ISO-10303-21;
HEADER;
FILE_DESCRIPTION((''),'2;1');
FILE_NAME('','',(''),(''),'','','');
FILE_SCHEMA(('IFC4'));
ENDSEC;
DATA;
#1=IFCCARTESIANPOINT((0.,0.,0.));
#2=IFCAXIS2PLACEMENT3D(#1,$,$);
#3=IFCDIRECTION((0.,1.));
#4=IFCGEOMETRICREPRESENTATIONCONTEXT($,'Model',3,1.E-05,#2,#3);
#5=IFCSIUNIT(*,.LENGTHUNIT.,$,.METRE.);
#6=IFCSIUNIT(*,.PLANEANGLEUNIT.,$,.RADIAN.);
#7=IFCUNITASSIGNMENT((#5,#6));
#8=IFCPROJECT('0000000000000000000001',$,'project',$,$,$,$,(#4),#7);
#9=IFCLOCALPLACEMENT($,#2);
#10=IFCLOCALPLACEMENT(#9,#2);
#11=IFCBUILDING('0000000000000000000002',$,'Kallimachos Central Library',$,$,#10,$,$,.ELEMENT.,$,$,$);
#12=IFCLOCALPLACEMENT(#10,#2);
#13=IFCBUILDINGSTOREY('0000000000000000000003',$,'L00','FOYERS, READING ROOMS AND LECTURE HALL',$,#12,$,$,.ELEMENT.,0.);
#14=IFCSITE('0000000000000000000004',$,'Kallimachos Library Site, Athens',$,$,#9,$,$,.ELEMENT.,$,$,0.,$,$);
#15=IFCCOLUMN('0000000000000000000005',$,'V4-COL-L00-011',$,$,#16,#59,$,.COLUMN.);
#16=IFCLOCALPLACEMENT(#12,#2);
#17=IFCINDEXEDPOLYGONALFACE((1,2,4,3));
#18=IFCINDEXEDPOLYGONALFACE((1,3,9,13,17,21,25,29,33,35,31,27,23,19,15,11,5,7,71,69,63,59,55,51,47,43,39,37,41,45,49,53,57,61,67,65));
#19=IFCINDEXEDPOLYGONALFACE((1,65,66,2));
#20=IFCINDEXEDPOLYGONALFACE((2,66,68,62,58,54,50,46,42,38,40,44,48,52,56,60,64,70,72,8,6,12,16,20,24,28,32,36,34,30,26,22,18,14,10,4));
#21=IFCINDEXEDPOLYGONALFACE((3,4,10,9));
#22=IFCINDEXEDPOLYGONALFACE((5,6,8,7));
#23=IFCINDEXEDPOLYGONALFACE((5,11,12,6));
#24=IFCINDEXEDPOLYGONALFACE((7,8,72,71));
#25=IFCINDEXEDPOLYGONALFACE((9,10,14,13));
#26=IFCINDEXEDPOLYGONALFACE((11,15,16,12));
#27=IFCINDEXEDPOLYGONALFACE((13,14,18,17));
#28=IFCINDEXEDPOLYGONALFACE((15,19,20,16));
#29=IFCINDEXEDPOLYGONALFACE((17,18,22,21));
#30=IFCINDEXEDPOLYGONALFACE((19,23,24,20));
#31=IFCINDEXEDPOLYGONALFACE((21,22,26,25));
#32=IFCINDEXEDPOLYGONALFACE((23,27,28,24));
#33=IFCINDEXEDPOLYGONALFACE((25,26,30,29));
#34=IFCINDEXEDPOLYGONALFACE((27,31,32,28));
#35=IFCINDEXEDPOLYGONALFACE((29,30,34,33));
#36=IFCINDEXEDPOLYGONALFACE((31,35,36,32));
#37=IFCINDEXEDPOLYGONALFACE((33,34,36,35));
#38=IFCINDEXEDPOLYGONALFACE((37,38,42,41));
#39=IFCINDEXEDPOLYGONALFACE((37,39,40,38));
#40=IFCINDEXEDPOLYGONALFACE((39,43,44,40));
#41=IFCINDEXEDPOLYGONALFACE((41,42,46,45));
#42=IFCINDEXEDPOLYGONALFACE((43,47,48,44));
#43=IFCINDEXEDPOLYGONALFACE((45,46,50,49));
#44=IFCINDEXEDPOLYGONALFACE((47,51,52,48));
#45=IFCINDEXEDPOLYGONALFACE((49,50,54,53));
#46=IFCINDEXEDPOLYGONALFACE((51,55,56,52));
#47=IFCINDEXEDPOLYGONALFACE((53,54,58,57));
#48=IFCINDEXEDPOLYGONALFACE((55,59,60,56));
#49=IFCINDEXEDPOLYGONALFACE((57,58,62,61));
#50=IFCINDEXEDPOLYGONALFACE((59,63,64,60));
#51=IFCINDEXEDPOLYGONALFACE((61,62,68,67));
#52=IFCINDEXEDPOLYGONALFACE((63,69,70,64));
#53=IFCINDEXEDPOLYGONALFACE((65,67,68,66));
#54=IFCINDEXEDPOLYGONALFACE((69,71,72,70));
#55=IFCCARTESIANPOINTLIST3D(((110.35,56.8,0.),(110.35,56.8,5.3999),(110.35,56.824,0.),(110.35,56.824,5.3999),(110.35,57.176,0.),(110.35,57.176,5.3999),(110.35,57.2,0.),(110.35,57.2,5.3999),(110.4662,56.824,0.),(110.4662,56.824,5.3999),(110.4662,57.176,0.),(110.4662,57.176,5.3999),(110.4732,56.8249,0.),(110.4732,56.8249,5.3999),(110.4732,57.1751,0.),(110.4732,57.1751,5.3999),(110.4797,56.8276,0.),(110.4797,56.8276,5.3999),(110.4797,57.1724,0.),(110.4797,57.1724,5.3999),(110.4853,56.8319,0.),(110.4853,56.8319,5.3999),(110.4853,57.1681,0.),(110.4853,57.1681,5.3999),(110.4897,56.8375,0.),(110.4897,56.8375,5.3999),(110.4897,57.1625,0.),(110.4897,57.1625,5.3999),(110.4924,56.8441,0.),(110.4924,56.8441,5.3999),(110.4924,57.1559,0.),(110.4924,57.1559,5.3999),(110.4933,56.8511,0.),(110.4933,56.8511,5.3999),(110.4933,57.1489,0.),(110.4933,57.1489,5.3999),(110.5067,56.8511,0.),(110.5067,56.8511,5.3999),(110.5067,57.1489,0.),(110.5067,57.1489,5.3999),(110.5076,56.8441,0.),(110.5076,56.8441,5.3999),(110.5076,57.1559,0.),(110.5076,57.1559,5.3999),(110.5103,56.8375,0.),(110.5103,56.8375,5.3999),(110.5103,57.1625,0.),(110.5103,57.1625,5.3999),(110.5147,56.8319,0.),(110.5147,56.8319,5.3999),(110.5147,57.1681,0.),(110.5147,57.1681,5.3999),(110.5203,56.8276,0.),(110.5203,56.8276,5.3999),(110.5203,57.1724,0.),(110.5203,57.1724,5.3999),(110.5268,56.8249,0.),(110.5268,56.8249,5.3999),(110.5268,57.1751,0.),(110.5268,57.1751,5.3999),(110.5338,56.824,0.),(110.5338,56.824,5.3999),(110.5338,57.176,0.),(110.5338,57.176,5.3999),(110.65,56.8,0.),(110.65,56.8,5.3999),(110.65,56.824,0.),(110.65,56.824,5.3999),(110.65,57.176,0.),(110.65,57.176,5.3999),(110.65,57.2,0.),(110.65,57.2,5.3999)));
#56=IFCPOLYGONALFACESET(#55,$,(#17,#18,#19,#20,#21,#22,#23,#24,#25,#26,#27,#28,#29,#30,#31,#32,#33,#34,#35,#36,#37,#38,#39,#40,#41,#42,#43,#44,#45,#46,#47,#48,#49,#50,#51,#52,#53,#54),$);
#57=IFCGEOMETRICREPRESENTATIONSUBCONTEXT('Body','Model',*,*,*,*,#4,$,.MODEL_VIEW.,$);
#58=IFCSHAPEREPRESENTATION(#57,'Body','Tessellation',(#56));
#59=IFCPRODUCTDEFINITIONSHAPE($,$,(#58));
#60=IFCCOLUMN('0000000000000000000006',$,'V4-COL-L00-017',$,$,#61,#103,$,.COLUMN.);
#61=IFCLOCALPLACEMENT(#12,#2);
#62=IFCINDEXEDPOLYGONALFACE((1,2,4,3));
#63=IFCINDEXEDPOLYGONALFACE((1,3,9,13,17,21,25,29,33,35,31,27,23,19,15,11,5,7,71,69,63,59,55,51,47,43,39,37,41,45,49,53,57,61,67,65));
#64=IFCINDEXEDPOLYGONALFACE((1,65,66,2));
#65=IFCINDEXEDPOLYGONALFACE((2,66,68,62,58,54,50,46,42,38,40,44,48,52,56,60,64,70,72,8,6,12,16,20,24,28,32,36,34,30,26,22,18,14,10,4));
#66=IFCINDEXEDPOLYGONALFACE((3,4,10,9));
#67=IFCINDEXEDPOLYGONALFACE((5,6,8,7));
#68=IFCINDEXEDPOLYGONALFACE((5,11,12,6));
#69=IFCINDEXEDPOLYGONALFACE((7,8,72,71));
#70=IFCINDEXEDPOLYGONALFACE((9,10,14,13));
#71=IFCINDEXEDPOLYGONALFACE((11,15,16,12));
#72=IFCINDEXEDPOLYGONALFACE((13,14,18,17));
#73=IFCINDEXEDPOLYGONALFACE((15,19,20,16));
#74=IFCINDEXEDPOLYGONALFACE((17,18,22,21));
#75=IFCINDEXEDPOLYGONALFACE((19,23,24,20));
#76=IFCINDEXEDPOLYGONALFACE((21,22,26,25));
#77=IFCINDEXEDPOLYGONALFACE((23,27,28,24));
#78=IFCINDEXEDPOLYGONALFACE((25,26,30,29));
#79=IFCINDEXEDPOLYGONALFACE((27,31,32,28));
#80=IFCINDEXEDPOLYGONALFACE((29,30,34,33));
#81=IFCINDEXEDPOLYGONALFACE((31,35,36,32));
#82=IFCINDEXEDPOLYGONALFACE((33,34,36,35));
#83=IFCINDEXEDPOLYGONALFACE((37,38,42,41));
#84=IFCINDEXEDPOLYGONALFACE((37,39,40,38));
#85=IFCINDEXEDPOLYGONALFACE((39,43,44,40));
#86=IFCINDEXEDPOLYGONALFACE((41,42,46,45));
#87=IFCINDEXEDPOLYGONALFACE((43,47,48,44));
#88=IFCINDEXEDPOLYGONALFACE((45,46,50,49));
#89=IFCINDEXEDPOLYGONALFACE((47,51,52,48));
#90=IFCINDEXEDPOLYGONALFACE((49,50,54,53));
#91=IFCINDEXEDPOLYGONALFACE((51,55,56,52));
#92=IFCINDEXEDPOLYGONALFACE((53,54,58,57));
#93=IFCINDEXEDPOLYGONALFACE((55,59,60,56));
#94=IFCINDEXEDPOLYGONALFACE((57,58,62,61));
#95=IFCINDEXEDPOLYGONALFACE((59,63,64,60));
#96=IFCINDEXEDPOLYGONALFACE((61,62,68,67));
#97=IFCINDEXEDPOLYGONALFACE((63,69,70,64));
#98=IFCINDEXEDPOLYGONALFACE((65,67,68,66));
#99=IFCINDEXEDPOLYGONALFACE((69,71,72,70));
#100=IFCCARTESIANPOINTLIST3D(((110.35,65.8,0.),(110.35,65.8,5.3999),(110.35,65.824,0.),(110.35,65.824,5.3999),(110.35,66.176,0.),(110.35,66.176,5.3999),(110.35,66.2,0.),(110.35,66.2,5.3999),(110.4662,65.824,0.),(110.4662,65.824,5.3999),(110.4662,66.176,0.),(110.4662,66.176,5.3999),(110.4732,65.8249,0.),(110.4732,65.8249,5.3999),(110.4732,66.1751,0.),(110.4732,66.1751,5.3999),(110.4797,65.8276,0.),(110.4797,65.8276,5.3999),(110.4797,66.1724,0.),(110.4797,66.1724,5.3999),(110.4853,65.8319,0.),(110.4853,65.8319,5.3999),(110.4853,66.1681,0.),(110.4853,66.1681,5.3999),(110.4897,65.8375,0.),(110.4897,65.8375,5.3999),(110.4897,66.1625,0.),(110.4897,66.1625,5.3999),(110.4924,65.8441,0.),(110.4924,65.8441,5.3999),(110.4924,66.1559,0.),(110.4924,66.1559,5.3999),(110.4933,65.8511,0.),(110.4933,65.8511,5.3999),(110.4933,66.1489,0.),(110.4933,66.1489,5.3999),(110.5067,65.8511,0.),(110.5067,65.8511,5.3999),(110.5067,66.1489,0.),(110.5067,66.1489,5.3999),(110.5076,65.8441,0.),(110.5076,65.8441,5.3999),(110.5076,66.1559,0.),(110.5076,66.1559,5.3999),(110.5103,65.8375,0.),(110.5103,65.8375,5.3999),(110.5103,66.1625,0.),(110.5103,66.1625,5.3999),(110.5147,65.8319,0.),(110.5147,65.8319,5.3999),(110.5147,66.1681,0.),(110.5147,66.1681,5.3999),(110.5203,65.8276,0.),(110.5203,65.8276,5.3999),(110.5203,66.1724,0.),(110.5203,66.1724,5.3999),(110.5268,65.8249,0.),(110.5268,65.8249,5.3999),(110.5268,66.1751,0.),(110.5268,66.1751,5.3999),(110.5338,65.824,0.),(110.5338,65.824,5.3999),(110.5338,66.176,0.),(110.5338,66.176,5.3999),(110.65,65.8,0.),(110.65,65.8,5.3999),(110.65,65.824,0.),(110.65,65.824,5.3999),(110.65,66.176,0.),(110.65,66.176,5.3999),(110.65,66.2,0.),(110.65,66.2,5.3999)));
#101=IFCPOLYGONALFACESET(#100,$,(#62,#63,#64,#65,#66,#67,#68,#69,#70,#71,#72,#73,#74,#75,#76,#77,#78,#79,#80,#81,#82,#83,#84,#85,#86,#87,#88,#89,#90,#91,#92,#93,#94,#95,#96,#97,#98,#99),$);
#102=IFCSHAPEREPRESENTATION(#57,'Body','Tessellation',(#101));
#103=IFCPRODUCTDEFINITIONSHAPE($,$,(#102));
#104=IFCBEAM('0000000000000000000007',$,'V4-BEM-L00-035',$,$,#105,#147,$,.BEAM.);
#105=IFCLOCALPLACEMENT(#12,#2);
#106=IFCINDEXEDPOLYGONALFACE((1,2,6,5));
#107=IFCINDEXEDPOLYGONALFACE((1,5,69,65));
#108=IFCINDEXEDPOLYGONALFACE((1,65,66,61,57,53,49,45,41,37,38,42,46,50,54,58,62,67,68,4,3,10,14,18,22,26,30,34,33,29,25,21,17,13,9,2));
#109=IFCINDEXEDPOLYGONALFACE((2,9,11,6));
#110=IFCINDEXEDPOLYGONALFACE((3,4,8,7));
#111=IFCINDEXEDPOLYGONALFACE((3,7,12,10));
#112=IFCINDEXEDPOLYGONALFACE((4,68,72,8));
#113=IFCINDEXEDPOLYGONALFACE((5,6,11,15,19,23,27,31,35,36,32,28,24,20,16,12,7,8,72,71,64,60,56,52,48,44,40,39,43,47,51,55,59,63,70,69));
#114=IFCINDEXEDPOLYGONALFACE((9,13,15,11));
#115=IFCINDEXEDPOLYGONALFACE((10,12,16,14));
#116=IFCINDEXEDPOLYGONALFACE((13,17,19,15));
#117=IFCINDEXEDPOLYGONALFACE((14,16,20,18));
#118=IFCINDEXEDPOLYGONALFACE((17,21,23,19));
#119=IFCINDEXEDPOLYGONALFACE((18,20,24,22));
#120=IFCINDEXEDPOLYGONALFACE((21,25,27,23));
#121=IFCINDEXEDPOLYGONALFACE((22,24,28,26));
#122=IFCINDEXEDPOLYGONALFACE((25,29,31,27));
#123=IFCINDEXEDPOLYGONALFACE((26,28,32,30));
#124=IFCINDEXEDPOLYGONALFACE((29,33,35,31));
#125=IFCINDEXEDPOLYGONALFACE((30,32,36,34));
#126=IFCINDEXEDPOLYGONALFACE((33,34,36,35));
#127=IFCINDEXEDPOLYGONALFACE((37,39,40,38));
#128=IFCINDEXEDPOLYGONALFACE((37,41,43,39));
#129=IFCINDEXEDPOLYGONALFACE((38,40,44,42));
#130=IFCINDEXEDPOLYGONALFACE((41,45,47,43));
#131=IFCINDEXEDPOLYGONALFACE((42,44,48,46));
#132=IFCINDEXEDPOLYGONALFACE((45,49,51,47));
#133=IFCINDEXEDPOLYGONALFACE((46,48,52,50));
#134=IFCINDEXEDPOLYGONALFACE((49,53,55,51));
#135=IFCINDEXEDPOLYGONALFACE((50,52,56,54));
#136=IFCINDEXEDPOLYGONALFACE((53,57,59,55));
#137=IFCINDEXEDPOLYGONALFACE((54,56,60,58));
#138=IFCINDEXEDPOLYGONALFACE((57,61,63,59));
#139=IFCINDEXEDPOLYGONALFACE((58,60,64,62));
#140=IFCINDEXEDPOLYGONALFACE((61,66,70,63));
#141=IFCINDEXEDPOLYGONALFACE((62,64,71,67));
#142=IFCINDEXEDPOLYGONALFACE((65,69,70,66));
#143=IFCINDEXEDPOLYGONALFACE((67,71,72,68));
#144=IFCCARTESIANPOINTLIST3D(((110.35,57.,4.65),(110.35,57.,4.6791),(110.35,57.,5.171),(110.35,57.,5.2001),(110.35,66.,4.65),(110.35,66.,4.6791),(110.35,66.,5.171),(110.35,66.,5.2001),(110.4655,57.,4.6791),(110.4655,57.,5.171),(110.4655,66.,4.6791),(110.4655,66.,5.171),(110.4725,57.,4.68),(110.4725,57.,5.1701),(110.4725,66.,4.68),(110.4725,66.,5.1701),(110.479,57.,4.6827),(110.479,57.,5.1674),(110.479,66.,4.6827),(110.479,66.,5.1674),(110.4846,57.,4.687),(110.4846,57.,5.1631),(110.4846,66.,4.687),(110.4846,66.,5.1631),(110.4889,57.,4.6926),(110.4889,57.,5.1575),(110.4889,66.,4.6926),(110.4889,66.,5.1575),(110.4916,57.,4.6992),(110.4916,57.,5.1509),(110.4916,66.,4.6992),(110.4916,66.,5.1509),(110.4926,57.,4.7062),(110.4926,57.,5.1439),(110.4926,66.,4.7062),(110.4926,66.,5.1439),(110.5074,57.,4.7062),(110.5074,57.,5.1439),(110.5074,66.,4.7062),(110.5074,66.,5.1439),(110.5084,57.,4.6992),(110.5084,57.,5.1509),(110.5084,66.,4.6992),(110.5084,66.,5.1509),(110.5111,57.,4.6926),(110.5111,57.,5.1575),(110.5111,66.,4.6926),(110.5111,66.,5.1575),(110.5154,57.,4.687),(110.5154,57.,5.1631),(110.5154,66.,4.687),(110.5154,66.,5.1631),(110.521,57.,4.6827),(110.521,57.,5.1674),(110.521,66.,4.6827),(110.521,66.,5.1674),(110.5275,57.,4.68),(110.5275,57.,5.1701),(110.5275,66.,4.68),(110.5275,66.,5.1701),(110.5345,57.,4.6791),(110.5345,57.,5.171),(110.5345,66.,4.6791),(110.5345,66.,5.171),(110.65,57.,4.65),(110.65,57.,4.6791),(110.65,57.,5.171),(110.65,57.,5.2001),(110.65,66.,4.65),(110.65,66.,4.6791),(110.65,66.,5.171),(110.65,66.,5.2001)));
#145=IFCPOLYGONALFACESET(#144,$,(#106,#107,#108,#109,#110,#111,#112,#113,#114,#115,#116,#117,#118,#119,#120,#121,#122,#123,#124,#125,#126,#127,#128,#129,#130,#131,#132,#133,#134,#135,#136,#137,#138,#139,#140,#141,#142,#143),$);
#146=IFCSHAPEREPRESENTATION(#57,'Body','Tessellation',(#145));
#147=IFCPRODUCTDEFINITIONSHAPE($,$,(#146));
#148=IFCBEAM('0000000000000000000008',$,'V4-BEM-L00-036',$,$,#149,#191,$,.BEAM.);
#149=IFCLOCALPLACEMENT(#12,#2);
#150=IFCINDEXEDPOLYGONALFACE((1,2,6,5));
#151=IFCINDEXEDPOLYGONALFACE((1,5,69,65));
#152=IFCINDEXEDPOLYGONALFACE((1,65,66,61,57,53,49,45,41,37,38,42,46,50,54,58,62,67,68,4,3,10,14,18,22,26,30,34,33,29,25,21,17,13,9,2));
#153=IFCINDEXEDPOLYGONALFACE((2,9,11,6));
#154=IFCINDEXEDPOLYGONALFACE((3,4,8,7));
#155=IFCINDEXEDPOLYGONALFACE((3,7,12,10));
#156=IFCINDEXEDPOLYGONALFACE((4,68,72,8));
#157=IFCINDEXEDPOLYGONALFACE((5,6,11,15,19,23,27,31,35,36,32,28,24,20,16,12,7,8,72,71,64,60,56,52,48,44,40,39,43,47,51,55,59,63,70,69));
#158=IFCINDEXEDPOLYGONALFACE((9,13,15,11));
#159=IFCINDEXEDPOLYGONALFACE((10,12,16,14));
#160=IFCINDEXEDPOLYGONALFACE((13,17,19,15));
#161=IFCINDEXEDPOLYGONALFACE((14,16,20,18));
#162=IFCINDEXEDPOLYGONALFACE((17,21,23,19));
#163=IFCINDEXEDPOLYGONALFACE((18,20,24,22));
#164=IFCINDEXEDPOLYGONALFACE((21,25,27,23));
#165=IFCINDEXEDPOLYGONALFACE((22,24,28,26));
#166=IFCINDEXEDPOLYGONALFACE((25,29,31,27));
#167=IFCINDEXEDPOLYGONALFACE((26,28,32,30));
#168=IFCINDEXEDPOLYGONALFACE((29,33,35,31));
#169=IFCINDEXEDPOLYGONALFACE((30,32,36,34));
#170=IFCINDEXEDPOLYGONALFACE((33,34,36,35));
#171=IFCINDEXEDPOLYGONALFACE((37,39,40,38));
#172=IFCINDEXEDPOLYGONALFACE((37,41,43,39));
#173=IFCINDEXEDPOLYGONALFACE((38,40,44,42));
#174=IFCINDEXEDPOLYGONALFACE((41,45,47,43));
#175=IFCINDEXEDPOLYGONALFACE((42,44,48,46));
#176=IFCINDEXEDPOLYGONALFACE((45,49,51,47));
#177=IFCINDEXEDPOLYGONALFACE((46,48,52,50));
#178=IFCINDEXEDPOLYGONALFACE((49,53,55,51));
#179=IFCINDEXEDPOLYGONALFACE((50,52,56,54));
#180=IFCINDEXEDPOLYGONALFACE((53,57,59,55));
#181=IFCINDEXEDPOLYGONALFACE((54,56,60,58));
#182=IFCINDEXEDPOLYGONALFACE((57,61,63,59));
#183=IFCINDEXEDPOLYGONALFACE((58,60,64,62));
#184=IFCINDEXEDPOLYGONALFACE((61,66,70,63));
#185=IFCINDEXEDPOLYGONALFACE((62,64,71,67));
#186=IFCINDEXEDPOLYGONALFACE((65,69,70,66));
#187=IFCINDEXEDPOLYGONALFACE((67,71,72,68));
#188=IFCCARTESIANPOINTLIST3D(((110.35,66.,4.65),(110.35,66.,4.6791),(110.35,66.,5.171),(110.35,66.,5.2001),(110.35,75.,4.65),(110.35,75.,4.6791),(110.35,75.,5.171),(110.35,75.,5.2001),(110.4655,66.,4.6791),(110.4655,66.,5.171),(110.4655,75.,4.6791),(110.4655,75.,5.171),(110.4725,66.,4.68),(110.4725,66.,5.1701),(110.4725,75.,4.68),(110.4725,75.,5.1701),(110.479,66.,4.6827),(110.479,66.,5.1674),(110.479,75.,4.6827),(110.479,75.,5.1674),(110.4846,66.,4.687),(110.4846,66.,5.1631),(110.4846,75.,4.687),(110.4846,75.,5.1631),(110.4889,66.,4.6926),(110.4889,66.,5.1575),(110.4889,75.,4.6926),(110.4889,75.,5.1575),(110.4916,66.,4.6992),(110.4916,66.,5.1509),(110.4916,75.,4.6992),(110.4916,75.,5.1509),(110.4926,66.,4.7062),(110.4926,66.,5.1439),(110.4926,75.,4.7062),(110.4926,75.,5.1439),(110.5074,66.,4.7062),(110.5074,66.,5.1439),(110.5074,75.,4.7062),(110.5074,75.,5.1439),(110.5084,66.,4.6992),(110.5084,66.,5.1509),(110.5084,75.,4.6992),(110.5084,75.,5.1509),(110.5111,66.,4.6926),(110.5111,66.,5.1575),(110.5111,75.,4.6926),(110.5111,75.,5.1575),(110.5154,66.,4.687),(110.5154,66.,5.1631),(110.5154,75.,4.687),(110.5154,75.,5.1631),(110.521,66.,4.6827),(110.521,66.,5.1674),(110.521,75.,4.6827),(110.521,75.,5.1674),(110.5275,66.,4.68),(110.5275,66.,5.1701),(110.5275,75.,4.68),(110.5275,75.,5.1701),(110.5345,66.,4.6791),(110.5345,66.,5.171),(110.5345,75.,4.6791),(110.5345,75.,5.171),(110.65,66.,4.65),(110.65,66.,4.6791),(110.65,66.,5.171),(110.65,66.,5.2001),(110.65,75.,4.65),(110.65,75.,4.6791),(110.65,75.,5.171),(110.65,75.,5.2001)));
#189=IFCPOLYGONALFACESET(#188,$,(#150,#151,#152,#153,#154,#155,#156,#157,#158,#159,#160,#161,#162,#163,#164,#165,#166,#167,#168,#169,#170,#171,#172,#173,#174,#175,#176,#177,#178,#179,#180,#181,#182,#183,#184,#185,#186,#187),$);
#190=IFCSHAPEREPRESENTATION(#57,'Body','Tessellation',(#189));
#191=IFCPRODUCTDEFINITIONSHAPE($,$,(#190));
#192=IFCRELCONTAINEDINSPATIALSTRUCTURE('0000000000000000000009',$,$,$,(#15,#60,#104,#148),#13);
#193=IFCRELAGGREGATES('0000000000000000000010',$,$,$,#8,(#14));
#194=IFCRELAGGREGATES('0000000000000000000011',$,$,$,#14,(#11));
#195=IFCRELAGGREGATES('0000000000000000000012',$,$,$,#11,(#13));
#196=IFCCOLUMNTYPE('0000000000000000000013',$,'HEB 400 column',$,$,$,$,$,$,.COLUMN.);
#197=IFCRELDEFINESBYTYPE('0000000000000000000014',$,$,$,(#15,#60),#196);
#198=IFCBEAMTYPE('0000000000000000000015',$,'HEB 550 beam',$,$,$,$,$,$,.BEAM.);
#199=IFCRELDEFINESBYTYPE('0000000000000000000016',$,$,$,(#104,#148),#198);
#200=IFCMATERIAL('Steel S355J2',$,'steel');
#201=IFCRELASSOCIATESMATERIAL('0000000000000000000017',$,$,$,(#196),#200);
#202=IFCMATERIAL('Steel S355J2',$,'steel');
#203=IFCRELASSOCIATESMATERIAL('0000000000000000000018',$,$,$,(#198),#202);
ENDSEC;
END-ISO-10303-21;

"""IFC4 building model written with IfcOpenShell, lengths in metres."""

from ifc_helpers import new_model, si_unit, direction, frame, origin, origin_2d, place, context, subcontext, project, spatial, i_section, extrude, material, material_profile, profile_set, type_object, element, save


model = new_model("IFC4")

# Units and contexts
model_context = context("Model", 3, precision=1e-05, world=origin(), true_north=direction((0.0, 1.0)))
body_context = subcontext(model_context, "Body", "Model", "MODEL_VIEW")
ifc_project = project(units=[si_unit("LENGTHUNIT", "METRE"), si_unit("PLANEANGLEUNIT", "RADIAN")], contexts=[model_context])

# Site, building, storey
site_placement = place(None, origin())
site = spatial("IfcSite", under=ifc_project, at=site_placement, Name="Kallimachos Library Site, Athens", CompositionType="ELEMENT", RefElevation=0.0)
building_placement = place(site_placement, origin())
building = spatial("IfcBuilding", under=site, at=building_placement, Name="Kallimachos Central Library", CompositionType="ELEMENT")
storey_placement = place(building_placement, origin())
storey = spatial("IfcBuildingStorey", under=building, at=storey_placement, Name="L00", Description="FOYERS, READING ROOMS AND LECTURE HALL", CompositionType="ELEMENT", Elevation=0.0)

# Columns
ifc_material_1 = material(Name="Steel S355J2", Category="steel")
ifc_material_profile_1 = material_profile(ifc_material_1, i_section(OverallWidth=0.3, OverallDepth=0.3999, WebThickness=0.0134, FlangeThickness=0.0239, FilletRadius=0.0271, at=origin_2d()), Name="HEB 400")
ifc_profile_set_1 = profile_set([ifc_material_profile_1], Name="Steel S355J2")
column_type = type_object("IfcColumnType", Name="HEB 400 column", PredefinedType="COLUMN", material=ifc_profile_set_1)
for number, where, z_axis, x_axis, name in (
    (1, (110.5, 57.0, 0.0), (0.0, 0.0, 1.0), (1.0, 0.0, 0.0), "V4-COL-L00-011"),
    (2, (110.5, 66.0, 0.0), (0.0, 0.0, 1.0), (1.0, 0.0, 0.0), "V4-COL-L00-017"),
):
    element("IfcColumn", number, at=place(storey_placement, frame(where, z_axis=z_axis, x_axis=x_axis)), inside=storey, type_object=column_type, Name=name, PredefinedType="COLUMN", context=body_context, shape_type="SweptSolid", body=[
        extrude(i_section(OverallWidth=0.3, OverallDepth=0.3999, WebThickness=0.0134, FlangeThickness=0.0239, FilletRadius=0.0271, at=origin_2d()), origin(), (0.0, 0.0, 1.0), 5.3999),
    ])

# Beams
ifc_material_2 = material(Name="Steel S355J2", Category="steel")
ifc_material_profile_2 = material_profile(ifc_material_2, i_section(OverallWidth=0.3, OverallDepth=0.55, WebThickness=0.0149, FlangeThickness=0.0291, FilletRadius=0.0271, at=origin_2d()), Name="HEB 550")
ifc_profile_set_2 = profile_set([ifc_material_profile_2], Name="Steel S355J2")
beam_type_1 = type_object("IfcBeamType", Name="HEB 550 beam", PredefinedType="BEAM", material=ifc_profile_set_2)
for number, where, z_axis, x_axis, name in (
    (3, (110.5, 57.0, 4.925), (0.0, 1.0, 0.0), (-1.0, 0.0, 0.0), "V4-BEM-L00-035"),
    (4, (110.5, 66.0, 4.925), (0.0, 1.0, 0.0), (-1.0, 0.0, 0.0), "V4-BEM-L00-036"),
):
    element("IfcBeam", number, at=place(storey_placement, frame(where, z_axis=z_axis, x_axis=x_axis)), inside=storey, type_object=beam_type_1, Name=name, PredefinedType="BEAM", context=body_context, shape_type="SweptSolid", body=[
        extrude(i_section(OverallWidth=0.3, OverallDepth=0.55, WebThickness=0.0149, FlangeThickness=0.0291, FilletRadius=0.0271, at=origin_2d()), origin(), (0.0, 0.0, 1.0), 9.0),
    ])

save(model, "model.ifc")
